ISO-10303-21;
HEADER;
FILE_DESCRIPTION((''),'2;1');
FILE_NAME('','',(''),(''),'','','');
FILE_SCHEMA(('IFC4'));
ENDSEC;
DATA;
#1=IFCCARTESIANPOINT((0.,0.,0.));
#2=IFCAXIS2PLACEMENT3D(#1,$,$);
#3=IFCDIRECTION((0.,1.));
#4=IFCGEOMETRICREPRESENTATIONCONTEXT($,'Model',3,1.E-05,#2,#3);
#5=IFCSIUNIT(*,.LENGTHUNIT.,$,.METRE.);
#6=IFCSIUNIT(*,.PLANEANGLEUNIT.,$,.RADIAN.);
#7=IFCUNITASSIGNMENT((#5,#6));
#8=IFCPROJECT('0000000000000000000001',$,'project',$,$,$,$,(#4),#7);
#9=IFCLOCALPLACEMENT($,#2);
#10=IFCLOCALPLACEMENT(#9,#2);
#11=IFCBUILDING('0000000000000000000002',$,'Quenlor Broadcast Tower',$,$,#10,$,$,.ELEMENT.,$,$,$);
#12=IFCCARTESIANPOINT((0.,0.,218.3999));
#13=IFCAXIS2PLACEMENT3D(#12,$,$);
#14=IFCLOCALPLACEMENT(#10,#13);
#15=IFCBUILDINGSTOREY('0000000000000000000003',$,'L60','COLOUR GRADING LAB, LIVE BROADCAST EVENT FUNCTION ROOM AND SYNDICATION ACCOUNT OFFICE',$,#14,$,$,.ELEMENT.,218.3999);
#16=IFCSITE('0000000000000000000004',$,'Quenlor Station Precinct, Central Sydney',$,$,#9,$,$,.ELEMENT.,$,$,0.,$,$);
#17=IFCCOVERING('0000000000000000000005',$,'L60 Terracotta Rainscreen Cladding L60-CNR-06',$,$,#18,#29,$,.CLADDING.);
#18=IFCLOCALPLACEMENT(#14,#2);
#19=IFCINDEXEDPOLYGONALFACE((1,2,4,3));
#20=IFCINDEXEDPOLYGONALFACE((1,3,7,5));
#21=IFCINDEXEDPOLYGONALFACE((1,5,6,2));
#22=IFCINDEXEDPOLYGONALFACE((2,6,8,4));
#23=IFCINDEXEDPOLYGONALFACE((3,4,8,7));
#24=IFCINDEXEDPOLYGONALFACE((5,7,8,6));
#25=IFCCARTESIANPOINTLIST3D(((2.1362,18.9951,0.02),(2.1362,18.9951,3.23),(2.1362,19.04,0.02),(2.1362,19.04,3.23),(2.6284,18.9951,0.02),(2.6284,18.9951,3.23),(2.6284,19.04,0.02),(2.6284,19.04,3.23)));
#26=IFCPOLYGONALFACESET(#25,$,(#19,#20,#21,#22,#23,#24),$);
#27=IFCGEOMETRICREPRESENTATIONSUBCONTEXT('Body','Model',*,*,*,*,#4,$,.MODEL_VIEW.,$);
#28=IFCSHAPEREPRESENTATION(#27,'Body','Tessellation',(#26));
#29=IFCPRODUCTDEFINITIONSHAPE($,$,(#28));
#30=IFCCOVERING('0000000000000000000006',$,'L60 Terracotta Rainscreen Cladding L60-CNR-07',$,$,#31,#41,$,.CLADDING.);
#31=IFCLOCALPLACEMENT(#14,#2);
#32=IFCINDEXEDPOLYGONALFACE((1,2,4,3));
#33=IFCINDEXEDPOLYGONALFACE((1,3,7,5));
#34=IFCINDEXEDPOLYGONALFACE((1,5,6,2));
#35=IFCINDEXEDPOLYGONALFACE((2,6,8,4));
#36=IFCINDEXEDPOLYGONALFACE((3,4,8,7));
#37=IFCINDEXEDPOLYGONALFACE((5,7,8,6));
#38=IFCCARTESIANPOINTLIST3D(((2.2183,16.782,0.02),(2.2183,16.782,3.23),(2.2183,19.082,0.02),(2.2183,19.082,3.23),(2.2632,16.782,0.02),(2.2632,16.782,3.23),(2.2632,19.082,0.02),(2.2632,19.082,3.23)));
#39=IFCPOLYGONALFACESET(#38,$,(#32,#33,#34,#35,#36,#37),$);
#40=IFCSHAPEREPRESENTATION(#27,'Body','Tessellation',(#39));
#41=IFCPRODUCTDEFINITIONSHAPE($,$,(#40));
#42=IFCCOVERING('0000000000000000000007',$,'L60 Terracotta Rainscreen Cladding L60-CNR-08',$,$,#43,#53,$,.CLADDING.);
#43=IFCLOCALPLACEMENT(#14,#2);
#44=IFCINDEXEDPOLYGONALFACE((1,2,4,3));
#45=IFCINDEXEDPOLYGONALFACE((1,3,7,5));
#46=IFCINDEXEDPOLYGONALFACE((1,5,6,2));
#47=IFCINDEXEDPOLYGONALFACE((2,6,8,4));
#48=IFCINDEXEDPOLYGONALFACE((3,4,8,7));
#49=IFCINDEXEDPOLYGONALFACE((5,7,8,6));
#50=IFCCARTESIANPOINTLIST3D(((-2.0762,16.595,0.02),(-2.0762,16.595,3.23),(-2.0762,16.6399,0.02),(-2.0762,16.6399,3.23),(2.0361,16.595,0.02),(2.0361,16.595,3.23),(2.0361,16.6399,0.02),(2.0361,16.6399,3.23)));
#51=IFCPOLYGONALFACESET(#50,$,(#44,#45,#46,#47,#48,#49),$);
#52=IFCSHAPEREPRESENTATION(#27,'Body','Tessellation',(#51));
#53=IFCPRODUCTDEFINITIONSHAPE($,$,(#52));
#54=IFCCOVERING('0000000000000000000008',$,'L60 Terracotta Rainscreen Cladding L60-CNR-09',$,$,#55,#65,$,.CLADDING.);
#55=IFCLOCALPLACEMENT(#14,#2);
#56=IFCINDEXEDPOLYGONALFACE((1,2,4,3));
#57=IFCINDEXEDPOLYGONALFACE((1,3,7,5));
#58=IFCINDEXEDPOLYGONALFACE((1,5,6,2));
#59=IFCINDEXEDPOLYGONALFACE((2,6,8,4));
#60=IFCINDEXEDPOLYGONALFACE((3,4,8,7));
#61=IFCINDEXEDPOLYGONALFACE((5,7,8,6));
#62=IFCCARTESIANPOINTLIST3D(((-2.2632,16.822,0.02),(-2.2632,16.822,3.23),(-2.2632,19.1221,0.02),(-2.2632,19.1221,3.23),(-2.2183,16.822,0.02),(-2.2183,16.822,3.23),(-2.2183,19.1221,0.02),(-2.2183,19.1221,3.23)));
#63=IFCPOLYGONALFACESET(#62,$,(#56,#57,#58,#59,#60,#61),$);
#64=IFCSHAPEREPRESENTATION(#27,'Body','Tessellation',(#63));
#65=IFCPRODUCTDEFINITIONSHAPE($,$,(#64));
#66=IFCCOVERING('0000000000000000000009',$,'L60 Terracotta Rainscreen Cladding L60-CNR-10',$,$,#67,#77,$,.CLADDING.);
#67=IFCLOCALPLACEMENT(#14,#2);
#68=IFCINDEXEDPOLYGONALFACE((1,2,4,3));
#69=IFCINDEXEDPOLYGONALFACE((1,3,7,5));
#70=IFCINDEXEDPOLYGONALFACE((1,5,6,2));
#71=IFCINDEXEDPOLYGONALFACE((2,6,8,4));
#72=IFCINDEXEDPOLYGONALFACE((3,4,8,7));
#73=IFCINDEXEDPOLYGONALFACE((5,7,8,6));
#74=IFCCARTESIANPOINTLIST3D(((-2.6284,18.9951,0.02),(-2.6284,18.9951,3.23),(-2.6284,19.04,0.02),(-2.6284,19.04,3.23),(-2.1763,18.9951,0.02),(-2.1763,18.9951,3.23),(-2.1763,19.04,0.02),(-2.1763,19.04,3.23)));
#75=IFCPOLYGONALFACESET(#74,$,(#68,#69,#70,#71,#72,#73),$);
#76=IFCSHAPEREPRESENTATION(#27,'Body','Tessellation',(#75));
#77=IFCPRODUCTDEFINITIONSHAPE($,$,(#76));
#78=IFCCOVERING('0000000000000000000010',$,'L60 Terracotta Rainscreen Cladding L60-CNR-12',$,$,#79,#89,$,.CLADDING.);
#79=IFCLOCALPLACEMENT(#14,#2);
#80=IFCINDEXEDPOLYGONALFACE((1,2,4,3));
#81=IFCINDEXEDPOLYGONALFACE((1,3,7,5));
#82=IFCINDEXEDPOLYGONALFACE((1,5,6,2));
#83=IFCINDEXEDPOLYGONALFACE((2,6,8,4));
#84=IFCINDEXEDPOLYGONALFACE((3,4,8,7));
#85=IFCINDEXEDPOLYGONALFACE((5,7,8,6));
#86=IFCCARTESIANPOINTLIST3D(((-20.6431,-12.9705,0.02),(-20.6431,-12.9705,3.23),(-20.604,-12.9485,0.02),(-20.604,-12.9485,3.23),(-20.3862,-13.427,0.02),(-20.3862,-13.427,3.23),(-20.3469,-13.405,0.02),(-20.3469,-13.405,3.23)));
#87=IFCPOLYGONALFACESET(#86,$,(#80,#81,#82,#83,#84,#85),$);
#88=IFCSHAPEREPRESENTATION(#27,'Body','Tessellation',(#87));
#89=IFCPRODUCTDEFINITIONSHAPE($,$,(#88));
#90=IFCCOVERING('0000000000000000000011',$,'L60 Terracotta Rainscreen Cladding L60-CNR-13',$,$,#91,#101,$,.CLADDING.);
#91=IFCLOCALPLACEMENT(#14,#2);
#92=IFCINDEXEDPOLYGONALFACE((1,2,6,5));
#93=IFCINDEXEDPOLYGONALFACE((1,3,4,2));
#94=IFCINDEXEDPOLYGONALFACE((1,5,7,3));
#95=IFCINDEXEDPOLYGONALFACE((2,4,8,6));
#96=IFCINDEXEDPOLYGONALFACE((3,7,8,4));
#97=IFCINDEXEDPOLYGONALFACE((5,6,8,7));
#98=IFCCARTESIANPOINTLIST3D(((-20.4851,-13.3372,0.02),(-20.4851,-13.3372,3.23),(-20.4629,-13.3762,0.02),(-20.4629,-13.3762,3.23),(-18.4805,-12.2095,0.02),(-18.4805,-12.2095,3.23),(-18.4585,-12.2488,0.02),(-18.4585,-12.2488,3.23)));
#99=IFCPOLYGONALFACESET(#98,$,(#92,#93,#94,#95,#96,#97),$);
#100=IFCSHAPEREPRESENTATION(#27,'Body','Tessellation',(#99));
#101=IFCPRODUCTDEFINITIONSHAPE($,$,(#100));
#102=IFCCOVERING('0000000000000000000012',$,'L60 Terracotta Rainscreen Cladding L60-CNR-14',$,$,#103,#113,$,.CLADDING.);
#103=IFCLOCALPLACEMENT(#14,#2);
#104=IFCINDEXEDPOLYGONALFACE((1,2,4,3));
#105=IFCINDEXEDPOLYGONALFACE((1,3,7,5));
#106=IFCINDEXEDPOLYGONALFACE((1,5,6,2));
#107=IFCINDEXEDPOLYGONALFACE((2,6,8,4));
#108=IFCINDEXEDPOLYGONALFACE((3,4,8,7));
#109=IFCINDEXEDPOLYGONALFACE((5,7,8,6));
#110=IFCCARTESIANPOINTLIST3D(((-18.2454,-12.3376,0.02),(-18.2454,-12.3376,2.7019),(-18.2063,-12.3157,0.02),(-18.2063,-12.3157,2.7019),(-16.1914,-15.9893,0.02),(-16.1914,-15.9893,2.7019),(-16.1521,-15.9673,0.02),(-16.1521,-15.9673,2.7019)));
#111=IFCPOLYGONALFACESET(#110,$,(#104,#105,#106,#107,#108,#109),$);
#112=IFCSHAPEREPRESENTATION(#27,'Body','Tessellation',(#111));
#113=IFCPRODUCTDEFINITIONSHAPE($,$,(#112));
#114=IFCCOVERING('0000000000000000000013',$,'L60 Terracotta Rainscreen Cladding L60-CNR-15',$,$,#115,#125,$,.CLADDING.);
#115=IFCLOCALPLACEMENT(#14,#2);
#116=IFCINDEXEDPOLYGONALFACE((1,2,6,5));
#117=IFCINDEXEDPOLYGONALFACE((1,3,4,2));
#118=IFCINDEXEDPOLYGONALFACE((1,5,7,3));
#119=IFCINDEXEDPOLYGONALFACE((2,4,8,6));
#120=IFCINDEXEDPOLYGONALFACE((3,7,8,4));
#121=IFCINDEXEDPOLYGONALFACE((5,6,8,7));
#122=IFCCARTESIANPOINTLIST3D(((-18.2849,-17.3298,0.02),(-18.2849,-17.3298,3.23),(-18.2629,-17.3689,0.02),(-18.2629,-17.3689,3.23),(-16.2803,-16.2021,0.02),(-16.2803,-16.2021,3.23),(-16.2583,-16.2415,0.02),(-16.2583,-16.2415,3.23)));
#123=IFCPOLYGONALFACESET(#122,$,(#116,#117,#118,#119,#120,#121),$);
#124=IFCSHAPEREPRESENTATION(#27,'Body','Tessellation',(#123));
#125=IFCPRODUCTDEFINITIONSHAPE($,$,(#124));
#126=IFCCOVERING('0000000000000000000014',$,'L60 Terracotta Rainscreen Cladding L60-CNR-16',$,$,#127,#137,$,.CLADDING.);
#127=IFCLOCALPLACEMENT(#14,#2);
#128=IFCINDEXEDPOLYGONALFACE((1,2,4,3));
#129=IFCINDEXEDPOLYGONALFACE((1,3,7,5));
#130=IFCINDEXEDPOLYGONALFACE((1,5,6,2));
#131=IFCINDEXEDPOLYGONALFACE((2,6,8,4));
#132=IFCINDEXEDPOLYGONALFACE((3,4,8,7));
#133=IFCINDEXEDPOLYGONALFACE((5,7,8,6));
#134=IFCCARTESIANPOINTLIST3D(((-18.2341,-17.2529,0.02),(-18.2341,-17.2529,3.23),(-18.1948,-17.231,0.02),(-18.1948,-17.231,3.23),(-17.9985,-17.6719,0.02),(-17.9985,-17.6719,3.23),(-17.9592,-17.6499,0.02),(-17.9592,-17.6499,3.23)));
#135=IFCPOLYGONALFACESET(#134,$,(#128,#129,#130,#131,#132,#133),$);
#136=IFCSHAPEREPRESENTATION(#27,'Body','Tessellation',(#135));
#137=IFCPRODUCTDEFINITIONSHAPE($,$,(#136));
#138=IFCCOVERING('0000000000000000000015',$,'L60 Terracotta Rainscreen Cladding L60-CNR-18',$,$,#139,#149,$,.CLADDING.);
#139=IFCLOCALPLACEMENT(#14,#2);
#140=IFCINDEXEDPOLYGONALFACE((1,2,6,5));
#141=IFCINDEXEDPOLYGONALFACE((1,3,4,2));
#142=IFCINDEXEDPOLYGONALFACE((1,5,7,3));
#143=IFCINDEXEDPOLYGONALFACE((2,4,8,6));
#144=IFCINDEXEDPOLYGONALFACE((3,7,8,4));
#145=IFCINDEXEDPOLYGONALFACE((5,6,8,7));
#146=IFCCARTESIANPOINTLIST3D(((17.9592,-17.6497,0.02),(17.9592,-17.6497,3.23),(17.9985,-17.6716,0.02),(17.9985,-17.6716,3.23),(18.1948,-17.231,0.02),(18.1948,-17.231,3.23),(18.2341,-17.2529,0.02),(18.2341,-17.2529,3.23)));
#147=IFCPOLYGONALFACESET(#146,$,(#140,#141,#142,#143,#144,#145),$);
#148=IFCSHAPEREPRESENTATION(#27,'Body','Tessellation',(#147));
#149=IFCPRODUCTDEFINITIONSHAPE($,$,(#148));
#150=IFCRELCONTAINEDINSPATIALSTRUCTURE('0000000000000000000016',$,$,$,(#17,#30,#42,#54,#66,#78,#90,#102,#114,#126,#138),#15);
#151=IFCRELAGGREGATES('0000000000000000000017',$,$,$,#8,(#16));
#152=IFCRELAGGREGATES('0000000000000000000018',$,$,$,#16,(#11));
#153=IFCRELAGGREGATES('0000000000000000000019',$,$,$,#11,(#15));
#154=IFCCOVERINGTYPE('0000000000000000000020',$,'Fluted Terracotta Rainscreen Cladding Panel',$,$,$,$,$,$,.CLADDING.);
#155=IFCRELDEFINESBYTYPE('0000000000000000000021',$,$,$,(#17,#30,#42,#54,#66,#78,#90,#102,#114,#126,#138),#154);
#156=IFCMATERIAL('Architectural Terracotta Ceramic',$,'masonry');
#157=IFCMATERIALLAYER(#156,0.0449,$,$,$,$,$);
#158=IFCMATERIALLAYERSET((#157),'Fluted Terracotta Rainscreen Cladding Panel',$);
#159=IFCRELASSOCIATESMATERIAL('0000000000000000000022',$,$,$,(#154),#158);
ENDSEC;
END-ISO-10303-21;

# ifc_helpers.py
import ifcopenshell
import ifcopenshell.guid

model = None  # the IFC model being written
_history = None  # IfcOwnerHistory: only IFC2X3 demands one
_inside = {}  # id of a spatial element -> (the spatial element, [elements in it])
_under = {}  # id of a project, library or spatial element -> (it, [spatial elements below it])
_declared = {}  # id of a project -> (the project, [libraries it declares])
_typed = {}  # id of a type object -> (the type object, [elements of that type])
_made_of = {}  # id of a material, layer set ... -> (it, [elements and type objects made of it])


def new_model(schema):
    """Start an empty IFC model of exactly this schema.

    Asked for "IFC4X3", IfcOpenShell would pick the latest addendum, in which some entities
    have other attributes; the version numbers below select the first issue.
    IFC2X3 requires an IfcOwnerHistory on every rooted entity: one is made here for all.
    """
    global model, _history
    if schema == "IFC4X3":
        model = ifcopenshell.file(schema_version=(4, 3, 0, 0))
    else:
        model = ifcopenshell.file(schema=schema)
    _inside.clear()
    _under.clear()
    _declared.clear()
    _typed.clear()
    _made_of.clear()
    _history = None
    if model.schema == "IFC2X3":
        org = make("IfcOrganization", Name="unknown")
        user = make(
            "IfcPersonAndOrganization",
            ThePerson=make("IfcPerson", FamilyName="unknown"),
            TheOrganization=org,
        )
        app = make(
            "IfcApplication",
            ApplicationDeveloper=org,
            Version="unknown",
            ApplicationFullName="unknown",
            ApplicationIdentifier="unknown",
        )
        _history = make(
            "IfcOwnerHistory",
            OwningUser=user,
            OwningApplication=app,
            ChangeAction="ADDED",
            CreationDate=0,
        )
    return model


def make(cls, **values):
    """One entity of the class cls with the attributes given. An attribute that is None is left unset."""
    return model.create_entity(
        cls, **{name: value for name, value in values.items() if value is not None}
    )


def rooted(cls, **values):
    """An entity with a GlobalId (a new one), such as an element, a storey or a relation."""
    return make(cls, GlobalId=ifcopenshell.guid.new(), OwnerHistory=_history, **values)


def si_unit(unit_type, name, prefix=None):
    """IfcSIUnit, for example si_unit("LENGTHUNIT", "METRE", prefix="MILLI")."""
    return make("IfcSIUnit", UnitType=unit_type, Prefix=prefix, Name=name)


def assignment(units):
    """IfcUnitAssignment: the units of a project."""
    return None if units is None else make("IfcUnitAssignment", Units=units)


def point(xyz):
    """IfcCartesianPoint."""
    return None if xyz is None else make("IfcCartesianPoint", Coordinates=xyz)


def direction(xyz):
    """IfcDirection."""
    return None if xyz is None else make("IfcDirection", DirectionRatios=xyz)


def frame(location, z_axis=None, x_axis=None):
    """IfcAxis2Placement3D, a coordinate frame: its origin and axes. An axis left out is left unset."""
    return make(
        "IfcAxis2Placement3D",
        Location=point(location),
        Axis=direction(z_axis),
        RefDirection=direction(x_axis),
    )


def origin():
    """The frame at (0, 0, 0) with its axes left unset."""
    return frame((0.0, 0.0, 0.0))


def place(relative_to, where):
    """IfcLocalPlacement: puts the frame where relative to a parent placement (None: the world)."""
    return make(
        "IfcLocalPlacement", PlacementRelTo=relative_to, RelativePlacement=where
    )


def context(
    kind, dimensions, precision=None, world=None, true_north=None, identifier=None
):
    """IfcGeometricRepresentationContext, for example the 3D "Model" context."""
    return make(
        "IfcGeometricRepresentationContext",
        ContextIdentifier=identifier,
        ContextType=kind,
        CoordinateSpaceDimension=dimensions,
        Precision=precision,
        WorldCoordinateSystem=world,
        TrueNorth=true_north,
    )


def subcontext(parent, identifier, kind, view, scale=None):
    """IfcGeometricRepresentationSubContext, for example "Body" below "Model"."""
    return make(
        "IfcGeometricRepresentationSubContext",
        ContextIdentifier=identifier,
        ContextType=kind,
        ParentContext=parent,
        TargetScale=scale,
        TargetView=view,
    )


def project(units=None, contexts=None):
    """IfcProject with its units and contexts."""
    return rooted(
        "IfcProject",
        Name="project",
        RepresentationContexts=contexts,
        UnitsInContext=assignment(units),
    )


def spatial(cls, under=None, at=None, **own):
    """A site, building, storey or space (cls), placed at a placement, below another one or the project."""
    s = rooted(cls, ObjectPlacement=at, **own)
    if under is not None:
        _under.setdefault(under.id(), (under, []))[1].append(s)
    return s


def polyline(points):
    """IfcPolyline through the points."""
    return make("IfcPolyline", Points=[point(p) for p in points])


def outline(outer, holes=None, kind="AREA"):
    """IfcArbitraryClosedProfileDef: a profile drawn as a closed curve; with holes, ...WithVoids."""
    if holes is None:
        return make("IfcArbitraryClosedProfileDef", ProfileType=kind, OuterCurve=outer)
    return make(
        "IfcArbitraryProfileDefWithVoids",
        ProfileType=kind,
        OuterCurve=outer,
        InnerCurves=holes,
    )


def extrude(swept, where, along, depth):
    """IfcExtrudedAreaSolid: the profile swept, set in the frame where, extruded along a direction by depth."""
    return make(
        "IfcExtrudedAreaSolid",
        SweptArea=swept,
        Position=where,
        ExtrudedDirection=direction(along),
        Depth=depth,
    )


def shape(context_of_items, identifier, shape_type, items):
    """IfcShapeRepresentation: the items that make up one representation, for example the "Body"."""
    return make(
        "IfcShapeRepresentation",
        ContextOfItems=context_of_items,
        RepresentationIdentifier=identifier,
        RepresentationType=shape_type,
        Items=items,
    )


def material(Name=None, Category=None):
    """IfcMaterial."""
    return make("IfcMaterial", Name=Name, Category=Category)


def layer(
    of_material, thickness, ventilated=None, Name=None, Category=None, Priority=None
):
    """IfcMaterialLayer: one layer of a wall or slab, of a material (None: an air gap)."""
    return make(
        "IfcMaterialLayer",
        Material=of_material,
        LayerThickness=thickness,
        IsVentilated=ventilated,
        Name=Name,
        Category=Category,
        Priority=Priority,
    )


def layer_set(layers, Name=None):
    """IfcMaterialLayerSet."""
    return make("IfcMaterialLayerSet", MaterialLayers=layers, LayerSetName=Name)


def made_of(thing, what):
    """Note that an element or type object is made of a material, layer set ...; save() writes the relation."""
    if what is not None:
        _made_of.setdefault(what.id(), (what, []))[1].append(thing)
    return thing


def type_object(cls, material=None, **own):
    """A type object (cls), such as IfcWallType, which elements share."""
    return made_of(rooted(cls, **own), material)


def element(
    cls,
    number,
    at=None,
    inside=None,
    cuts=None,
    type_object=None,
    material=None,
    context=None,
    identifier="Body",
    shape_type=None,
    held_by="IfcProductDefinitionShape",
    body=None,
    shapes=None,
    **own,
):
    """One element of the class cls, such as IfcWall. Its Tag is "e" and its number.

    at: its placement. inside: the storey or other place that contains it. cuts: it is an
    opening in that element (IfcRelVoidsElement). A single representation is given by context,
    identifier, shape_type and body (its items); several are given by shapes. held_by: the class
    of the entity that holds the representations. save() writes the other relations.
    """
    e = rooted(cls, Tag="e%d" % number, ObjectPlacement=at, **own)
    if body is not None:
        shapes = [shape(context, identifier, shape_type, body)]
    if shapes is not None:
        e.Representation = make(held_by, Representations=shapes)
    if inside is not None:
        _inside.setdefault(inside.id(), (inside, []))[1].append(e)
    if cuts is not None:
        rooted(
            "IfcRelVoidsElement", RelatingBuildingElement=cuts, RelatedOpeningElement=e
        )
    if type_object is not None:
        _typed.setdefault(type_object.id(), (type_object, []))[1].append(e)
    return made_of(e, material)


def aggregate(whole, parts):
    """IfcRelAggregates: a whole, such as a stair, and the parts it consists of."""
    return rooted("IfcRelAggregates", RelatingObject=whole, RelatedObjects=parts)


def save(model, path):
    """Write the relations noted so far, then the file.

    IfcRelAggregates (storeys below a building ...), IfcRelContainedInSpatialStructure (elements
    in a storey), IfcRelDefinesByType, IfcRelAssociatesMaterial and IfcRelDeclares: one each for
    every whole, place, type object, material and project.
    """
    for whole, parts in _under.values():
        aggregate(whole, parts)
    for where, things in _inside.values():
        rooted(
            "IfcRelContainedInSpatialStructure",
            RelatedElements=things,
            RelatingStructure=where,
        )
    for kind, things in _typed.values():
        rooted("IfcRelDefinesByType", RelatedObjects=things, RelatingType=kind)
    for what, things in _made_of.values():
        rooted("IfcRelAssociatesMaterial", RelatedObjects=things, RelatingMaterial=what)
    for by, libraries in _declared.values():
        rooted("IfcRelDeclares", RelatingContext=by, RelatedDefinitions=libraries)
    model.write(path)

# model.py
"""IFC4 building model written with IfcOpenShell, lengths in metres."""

from ifc_helpers import new_model, si_unit, direction, frame, origin, place, context, subcontext, project, spatial, polyline, outline, extrude, material, layer, layer_set, type_object, element, save


model = new_model("IFC4")

# Units and contexts
model_context = context("Model", 3, precision=1e-05, world=origin(), true_north=direction((0.0, 1.0)))
body_context = subcontext(model_context, "Body", "Model", "MODEL_VIEW")
ifc_project = project(units=[si_unit("LENGTHUNIT", "METRE"), si_unit("PLANEANGLEUNIT", "RADIAN")], contexts=[model_context])

# Site, building, storey
site_placement = place(None, origin())
site = spatial("IfcSite", under=ifc_project, at=site_placement, Name="Quenlor Station Precinct, Central Sydney", CompositionType="ELEMENT", RefElevation=0.0)
building_placement = place(site_placement, origin())
building = spatial("IfcBuilding", under=site, at=building_placement, Name="Quenlor Broadcast Tower", CompositionType="ELEMENT")
storey_placement = place(building_placement, frame((0.0, 0.0, 218.3999)))
storey = spatial("IfcBuildingStorey", under=building, at=storey_placement, Name="L60", Description="COLOUR GRADING LAB, LIVE BROADCAST EVENT FUNCTION ROOM AND SYNDICATION ACCOUNT OFFICE", CompositionType="ELEMENT", Elevation=218.3999)

# Coverings
ifc_material_1 = material(Name="Architectural Terracotta Ceramic", Category="masonry")
ifc_layer_1 = layer(ifc_material_1, 0.0449)
ifc_layer_set_1 = layer_set([ifc_layer_1], Name="Fluted Terracotta Rainscreen Cladding Panel")
covering_type_1 = type_object("IfcCoveringType", Name="Fluted Terracotta Rainscreen Cladding Panel", PredefinedType="CLADDING", material=ifc_layer_set_1)
covering_1_placement = place(storey_placement, frame((0.0, 0.0, 0.02)))
element("IfcCovering", 1, at=covering_1_placement, inside=storey, type_object=covering_type_1, Name="L60 Terracotta Rainscreen Cladding L60-CNR-06", PredefinedType="CLADDING", context=body_context, shape_type="SweptSolid", body=[
    extrude(outline(polyline([(2.6284, 19.04), (2.1362, 19.04), (2.1362, 18.9951), (2.6284, 18.9951), (2.6284, 19.04)])), origin(), (0.0, 0.0, 1.0), 3.21),
])
covering_2_placement = place(storey_placement, frame((0.0, 0.0, 0.02)))
element("IfcCovering", 2, at=covering_2_placement, inside=storey, type_object=covering_type_1, Name="L60 Terracotta Rainscreen Cladding L60-CNR-07", PredefinedType="CLADDING", context=body_context, shape_type="SweptSolid", body=[
    extrude(outline(polyline([(2.2183, 19.082), (2.2183, 16.782), (2.2632, 16.782), (2.2632, 19.082), (2.2183, 19.082)])), origin(), (0.0, 0.0, 1.0), 3.21),
])
covering_3_placement = place(storey_placement, frame((0.0, 0.0, 0.02)))
element("IfcCovering", 3, at=covering_3_placement, inside=storey, type_object=covering_type_1, Name="L60 Terracotta Rainscreen Cladding L60-CNR-08", PredefinedType="CLADDING", context=body_context, shape_type="SweptSolid", body=[
    extrude(outline(polyline([(2.0361, 16.6399), (-2.0762, 16.6399), (-2.0762, 16.595), (2.0361, 16.595), (2.0361, 16.6399)])), origin(), (0.0, 0.0, 1.0), 3.21),
])
covering_4_placement = place(storey_placement, frame((0.0, 0.0, 0.02)))
element("IfcCovering", 4, at=covering_4_placement, inside=storey, type_object=covering_type_1, Name="L60 Terracotta Rainscreen Cladding L60-CNR-09", PredefinedType="CLADDING", context=body_context, shape_type="SweptSolid", body=[
    extrude(outline(polyline([(-2.2183, 16.822), (-2.2183, 19.1221), (-2.2632, 19.1221), (-2.2632, 16.822), (-2.2183, 16.822)])), origin(), (0.0, 0.0, 1.0), 3.21),
])
covering_5_placement = place(storey_placement, frame((0.0, 0.0, 0.02)))
element("IfcCovering", 5, at=covering_5_placement, inside=storey, type_object=covering_type_1, Name="L60 Terracotta Rainscreen Cladding L60-CNR-10", PredefinedType="CLADDING", context=body_context, shape_type="SweptSolid", body=[
    extrude(outline(polyline([(-2.1763, 19.04), (-2.6284, 19.04), (-2.6284, 18.9951), (-2.1763, 18.9951), (-2.1763, 19.04)])), origin(), (0.0, 0.0, 1.0), 3.21),
])
covering_6_placement = place(storey_placement, frame((0.0, 0.0, 0.02)))
element("IfcCovering", 6, at=covering_6_placement, inside=storey, type_object=covering_type_1, Name="L60 Terracotta Rainscreen Cladding L60-CNR-12", PredefinedType="CLADDING", context=body_context, shape_type="SweptSolid", body=[
    extrude(outline(polyline([(-20.6431, -12.9705), (-20.3862, -13.427), (-20.3469, -13.405), (-20.604, -12.9485), (-20.6431, -12.9705)])), origin(), (0.0, 0.0, 1.0), 3.21),
])
covering_7_placement = place(storey_placement, frame((0.0, 0.0, 0.02)))
element("IfcCovering", 7, at=covering_7_placement, inside=storey, type_object=covering_type_1, Name="L60 Terracotta Rainscreen Cladding L60-CNR-13", PredefinedType="CLADDING", context=body_context, shape_type="SweptSolid", body=[
    extrude(outline(polyline([(-20.4629, -13.3762), (-18.4585, -12.2488), (-18.4805, -12.2095), (-20.4851, -13.3372), (-20.4629, -13.3762)])), origin(), (0.0, 0.0, 1.0), 3.21),
])
covering_8_placement = place(storey_placement, frame((0.0, 0.0, 0.02)))
element("IfcCovering", 8, at=covering_8_placement, inside=storey, type_object=covering_type_1, Name="L60 Terracotta Rainscreen Cladding L60-CNR-14", PredefinedType="CLADDING", context=body_context, shape_type="SweptSolid", body=[
    extrude(outline(polyline([(-18.2454, -12.3376), (-16.1914, -15.9893), (-16.1521, -15.9673), (-18.2063, -12.3157), (-18.2454, -12.3376)])), origin(), (0.0, 0.0, 1.0), 2.6819),
])
covering_9_placement = place(storey_placement, frame((0.0, 0.0, 0.02)))
element("IfcCovering", 9, at=covering_9_placement, inside=storey, type_object=covering_type_1, Name="L60 Terracotta Rainscreen Cladding L60-CNR-15", PredefinedType="CLADDING", context=body_context, shape_type="SweptSolid", body=[
    extrude(outline(polyline([(-16.2803, -16.2021), (-18.2849, -17.3298), (-18.2629, -17.3689), (-16.2583, -16.2415), (-16.2803, -16.2021)])), origin(), (0.0, 0.0, 1.0), 3.21),
])
covering_10_placement = place(storey_placement, frame((0.0, 0.0, 0.02)))
element("IfcCovering", 10, at=covering_10_placement, inside=storey, type_object=covering_type_1, Name="L60 Terracotta Rainscreen Cladding L60-CNR-16", PredefinedType="CLADDING", context=body_context, shape_type="SweptSolid", body=[
    extrude(outline(polyline([(-18.2341, -17.2529), (-17.9985, -17.6719), (-17.9592, -17.6499), (-18.1948, -17.231), (-18.2341, -17.2529)])), origin(), (0.0, 0.0, 1.0), 3.21),
])
covering_11_placement = place(storey_placement, frame((0.0, 0.0, 0.02)))
element("IfcCovering", 11, at=covering_11_placement, inside=storey, type_object=covering_type_1, Name="L60 Terracotta Rainscreen Cladding L60-CNR-18", PredefinedType="CLADDING", context=body_context, shape_type="SweptSolid", body=[
    extrude(outline(polyline([(17.9985, -17.6716), (18.2341, -17.2529), (18.1948, -17.231), (17.9592, -17.6497), (17.9985, -17.6716)])), origin(), (0.0, 0.0, 1.0), 3.21),
])

save(model, "model.ifc")
